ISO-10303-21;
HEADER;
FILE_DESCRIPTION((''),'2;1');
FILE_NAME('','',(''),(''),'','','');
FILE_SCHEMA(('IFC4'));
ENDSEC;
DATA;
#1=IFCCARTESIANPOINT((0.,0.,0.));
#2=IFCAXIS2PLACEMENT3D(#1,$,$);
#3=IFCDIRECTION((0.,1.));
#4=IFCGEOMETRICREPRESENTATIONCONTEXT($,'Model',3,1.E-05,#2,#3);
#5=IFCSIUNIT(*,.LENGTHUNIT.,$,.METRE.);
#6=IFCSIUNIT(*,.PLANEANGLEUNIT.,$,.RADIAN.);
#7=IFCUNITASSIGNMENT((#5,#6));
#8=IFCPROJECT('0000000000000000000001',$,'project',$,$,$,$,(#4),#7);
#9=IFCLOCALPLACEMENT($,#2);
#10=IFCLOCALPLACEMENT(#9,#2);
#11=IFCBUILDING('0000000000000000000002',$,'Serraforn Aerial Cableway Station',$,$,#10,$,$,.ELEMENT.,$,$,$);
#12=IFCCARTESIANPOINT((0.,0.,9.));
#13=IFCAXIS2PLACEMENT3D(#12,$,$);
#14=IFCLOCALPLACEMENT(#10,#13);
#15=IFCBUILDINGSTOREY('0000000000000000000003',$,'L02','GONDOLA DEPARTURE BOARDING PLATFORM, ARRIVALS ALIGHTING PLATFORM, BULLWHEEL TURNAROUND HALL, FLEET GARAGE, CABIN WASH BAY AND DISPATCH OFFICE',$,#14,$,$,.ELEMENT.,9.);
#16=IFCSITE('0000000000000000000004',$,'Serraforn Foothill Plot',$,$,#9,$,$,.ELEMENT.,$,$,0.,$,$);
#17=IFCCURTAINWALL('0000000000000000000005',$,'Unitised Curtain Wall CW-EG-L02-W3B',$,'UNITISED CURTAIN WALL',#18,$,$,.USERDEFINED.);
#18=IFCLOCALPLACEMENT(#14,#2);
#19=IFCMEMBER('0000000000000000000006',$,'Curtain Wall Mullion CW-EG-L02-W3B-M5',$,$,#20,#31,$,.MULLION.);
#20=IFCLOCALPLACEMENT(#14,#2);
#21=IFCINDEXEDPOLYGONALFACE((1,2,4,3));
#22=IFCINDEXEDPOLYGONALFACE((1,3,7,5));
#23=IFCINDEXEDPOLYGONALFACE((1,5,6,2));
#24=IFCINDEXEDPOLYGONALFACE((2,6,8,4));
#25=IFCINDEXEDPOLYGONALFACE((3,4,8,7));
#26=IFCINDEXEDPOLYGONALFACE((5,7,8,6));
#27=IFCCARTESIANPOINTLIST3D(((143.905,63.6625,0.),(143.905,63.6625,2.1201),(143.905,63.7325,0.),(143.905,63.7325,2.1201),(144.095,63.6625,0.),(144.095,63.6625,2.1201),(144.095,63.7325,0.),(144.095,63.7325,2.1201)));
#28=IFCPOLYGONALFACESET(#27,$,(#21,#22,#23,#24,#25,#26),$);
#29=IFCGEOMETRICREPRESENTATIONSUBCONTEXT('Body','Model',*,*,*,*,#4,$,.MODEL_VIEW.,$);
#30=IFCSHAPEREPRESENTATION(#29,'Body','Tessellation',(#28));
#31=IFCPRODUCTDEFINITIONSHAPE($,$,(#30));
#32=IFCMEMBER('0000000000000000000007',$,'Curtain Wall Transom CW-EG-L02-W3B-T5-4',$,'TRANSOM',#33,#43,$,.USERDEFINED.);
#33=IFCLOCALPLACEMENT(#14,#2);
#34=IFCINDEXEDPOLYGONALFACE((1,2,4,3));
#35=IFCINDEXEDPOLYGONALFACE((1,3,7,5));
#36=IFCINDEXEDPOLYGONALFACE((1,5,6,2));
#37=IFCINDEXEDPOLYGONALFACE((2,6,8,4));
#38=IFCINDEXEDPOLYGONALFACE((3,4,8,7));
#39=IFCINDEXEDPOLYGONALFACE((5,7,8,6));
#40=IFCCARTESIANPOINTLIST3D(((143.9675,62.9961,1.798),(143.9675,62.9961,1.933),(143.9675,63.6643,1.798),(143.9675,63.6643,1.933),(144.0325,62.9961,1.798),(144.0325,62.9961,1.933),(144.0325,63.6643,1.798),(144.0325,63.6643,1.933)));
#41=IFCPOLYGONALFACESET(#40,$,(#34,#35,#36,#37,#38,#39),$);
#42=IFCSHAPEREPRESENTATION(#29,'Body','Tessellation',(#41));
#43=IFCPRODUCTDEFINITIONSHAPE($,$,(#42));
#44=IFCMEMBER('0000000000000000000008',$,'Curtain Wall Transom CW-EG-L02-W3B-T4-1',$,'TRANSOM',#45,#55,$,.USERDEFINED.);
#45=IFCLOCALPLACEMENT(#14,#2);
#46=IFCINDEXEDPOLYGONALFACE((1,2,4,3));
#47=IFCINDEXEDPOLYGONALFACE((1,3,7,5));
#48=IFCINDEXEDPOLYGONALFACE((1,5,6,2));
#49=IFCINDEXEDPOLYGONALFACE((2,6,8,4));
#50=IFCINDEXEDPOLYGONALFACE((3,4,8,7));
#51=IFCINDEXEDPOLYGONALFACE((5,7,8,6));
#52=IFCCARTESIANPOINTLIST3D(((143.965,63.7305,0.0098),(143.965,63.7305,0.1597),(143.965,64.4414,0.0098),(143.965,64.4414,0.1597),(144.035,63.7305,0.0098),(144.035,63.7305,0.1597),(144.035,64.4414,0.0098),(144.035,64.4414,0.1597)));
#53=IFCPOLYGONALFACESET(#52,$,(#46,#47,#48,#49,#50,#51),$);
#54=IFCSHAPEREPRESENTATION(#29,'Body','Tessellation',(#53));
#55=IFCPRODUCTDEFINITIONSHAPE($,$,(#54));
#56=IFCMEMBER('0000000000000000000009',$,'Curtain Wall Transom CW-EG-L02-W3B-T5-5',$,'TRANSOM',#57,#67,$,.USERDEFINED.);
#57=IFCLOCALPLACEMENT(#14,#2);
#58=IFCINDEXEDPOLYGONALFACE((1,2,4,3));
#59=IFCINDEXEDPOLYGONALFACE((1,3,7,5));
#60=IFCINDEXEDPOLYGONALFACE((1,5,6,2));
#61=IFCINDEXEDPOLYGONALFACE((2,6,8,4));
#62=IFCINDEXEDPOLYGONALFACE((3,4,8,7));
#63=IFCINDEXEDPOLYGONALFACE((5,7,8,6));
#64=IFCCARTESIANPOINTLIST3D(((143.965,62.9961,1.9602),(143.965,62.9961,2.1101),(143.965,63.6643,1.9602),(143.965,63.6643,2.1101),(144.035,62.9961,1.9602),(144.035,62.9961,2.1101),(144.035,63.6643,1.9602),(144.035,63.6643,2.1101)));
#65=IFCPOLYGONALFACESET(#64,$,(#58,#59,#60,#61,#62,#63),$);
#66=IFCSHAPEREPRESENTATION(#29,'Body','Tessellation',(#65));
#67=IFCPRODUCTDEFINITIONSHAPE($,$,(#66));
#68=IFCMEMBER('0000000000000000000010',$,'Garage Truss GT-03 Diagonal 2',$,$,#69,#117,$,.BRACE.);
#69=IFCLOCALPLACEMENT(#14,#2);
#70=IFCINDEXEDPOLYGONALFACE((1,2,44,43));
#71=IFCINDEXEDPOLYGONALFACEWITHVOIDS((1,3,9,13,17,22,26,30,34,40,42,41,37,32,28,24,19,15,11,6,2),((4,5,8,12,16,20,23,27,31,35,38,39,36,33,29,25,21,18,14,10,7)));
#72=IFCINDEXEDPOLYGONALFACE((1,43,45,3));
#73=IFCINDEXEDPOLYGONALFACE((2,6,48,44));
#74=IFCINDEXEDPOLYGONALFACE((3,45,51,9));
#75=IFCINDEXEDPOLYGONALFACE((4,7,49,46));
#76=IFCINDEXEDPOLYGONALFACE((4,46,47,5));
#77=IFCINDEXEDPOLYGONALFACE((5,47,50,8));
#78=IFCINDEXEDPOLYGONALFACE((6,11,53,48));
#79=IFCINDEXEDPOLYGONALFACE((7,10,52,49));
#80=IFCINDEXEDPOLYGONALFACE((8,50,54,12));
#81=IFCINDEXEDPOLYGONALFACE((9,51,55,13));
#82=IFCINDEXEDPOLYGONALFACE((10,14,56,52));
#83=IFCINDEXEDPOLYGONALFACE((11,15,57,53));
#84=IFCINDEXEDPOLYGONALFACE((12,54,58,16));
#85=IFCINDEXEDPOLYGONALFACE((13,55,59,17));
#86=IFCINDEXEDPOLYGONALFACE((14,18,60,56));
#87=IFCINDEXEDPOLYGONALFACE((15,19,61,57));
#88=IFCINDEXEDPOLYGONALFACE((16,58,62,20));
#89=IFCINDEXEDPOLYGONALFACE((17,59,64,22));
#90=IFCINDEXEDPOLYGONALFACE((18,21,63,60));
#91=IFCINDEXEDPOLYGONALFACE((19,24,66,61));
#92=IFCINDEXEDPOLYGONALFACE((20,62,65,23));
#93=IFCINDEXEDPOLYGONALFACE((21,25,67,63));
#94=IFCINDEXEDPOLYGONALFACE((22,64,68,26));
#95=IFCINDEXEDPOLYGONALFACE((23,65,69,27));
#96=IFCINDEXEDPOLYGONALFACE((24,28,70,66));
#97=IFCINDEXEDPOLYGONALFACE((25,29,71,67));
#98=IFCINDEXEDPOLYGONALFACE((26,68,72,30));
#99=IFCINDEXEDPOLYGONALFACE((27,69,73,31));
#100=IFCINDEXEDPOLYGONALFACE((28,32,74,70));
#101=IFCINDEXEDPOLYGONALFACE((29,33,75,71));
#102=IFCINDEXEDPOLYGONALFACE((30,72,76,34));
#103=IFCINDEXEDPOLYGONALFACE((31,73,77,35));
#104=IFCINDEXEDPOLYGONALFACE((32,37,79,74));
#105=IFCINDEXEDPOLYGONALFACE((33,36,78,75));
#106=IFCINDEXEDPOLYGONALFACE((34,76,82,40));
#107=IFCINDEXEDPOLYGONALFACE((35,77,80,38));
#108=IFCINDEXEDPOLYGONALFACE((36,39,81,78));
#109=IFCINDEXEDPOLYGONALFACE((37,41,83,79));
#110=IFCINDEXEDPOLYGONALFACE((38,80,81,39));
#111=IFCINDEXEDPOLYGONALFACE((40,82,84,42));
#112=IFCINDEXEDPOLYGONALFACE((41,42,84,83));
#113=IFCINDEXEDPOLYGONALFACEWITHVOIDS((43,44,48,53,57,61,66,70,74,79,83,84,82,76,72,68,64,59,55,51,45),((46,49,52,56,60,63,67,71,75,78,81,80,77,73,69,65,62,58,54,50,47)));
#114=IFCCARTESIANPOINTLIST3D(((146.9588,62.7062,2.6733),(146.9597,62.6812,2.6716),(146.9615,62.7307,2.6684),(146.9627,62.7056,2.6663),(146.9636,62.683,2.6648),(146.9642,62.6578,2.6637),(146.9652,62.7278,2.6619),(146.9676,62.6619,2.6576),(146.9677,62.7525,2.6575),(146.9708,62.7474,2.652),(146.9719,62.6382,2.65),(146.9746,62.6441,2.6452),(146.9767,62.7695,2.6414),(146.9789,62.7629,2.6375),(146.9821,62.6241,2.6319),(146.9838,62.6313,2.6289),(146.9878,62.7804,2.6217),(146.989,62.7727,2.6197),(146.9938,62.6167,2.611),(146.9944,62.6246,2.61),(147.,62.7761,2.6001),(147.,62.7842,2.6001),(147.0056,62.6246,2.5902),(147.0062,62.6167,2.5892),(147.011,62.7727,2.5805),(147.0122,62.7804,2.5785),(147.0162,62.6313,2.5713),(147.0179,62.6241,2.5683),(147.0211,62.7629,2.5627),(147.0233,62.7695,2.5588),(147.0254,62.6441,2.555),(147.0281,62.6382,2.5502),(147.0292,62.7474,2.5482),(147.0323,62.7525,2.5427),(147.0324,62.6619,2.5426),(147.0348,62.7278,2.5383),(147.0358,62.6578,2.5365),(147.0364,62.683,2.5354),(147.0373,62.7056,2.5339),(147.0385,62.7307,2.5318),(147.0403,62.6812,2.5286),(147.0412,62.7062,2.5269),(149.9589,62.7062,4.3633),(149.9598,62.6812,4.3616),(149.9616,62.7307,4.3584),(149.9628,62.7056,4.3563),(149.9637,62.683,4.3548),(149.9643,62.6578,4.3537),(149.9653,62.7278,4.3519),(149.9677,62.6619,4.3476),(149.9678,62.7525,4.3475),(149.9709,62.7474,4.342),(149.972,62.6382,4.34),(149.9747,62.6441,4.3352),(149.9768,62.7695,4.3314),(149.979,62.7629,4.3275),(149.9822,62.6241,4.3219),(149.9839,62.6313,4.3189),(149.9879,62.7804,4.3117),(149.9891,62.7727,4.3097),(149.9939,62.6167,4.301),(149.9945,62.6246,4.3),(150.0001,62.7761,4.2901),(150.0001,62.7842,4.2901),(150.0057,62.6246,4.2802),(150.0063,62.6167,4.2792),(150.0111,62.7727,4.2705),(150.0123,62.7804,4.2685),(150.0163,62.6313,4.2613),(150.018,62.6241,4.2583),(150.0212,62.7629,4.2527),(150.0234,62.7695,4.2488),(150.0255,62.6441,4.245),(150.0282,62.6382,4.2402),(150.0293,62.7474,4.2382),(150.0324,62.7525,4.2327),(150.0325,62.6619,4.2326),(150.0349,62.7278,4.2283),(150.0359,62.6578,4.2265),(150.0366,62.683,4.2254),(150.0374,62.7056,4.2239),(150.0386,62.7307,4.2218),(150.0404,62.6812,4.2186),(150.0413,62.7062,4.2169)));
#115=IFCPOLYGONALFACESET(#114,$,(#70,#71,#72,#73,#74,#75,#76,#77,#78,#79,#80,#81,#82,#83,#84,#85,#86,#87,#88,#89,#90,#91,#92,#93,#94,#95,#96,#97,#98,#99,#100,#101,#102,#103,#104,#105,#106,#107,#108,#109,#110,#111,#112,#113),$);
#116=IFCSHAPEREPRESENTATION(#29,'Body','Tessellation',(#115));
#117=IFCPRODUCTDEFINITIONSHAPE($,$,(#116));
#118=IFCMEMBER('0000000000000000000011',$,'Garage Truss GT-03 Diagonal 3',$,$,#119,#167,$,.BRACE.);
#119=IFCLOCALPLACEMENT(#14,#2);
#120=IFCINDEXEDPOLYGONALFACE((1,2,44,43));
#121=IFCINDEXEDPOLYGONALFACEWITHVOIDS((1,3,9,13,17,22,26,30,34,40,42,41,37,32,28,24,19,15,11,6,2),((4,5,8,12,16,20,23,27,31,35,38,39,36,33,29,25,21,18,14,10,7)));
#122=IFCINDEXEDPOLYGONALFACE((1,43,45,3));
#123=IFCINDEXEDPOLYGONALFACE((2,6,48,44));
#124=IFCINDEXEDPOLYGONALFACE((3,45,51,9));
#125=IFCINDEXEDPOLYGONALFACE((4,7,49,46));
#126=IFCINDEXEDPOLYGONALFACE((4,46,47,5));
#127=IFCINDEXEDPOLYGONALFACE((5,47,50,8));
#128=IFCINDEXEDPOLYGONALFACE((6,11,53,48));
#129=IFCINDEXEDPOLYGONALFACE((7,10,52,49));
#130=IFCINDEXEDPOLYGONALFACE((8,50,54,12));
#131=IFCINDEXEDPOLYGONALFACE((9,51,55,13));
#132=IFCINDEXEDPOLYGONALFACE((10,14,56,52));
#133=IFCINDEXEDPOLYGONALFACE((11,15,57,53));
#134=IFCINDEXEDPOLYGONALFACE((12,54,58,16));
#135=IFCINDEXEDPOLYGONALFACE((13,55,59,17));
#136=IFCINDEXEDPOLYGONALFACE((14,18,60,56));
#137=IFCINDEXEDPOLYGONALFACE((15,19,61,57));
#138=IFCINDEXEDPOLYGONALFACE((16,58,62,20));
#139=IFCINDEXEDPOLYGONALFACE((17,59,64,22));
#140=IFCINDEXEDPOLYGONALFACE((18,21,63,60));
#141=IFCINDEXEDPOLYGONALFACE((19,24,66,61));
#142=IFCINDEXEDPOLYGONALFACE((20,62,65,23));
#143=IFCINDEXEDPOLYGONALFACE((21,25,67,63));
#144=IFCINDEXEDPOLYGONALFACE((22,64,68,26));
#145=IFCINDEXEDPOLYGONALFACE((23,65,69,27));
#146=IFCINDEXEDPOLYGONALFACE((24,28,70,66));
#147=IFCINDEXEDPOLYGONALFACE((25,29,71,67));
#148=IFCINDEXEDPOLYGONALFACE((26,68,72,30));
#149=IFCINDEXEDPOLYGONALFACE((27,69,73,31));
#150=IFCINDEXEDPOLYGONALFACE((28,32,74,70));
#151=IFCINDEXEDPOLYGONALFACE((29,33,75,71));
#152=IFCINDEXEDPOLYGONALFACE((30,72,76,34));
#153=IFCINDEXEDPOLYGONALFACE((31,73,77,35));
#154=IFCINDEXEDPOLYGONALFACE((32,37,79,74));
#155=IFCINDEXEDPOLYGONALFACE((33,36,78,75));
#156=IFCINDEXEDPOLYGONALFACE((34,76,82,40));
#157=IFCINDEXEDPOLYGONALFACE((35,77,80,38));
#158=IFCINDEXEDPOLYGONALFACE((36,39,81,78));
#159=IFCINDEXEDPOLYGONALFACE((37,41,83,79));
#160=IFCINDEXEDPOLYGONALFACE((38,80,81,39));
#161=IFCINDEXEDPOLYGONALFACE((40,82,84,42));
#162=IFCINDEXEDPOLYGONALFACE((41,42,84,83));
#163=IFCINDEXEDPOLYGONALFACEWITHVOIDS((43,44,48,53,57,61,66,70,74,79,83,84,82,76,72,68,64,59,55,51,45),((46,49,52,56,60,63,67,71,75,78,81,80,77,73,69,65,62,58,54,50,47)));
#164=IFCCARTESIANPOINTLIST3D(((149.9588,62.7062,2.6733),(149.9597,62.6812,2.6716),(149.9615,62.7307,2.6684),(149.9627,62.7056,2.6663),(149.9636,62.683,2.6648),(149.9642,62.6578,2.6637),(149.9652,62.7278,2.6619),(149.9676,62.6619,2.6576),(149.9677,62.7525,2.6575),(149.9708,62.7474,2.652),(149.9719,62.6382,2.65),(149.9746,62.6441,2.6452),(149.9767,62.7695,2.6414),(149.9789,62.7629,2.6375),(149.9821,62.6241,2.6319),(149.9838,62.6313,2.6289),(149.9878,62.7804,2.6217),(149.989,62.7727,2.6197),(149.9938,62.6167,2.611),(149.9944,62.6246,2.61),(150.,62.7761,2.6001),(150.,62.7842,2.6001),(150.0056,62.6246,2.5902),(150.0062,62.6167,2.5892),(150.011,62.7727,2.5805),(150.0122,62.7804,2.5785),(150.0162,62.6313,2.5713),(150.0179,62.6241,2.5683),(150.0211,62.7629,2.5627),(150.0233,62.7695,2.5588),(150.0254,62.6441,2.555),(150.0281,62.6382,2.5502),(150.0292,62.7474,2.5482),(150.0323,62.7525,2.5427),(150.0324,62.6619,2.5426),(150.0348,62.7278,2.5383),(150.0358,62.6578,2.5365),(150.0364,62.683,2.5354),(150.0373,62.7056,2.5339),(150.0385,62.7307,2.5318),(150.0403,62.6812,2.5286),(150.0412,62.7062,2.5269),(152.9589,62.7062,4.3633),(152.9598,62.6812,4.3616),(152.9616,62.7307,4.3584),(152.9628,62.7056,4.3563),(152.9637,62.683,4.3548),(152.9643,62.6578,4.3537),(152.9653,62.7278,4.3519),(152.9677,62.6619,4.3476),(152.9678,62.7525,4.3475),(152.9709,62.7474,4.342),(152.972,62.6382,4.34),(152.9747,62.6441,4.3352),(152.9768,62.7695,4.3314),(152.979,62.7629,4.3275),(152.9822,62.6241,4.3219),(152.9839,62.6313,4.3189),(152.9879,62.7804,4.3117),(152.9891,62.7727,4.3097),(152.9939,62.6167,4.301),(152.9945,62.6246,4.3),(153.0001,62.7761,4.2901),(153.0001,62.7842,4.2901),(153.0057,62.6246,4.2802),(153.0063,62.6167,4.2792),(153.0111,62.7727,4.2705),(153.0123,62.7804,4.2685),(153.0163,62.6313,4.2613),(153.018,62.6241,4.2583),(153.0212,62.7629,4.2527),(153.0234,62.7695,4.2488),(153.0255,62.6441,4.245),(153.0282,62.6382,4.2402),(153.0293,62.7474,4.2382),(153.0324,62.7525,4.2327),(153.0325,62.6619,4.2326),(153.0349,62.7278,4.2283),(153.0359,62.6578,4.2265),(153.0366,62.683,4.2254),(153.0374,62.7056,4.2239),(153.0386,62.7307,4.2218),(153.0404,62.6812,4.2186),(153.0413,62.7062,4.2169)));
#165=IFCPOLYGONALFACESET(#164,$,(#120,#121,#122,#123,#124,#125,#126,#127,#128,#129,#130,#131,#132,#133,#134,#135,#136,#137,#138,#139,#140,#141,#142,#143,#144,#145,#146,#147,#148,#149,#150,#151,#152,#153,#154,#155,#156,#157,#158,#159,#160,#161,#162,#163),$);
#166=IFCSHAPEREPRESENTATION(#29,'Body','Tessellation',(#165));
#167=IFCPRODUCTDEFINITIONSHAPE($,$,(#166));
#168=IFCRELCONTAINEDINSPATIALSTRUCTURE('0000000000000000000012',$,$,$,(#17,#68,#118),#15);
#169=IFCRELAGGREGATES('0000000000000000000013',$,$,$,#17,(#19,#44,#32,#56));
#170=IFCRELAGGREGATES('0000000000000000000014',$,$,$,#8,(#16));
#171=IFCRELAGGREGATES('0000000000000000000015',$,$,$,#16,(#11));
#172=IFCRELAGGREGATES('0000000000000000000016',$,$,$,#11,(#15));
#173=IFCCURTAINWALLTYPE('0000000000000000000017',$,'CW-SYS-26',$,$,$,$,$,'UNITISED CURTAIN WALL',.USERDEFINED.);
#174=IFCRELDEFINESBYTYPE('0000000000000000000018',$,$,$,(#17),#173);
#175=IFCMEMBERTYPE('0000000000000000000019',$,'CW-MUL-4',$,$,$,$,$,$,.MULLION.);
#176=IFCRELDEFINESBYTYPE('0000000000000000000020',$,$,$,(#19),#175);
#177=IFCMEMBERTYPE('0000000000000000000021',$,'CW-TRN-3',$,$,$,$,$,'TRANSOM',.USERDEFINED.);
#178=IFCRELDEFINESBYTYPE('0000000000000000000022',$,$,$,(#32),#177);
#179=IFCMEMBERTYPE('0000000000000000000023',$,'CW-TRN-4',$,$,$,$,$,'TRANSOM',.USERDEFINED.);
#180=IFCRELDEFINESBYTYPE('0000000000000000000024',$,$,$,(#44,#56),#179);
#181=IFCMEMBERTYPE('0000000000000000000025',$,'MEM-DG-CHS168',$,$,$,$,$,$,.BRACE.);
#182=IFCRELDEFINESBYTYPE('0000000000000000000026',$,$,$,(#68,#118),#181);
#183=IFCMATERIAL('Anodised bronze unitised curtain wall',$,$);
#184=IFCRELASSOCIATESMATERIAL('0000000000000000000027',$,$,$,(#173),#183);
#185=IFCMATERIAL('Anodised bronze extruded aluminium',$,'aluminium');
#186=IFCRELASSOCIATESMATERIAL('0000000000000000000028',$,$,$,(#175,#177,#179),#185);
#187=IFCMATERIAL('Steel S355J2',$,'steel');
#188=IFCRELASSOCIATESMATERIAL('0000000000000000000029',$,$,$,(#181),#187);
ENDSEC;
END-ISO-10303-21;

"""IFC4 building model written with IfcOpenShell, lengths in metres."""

from ifc_helpers import new_model, si_unit, direction, frame, origin, origin_2d, place, context, subcontext, project, spatial, rectangle, hollow_circle, extrude, material, material_profile, profile_set, type_object, element, aggregate, save


model = new_model("IFC4")

# Units and contexts
model_context = context("Model", 3, precision=1e-05, world=origin(), true_north=direction((0.0, 1.0)))
body_context = subcontext(model_context, "Body", "Model", "MODEL_VIEW")
ifc_project = project(units=[si_unit("LENGTHUNIT", "METRE"), si_unit("PLANEANGLEUNIT", "RADIAN")], contexts=[model_context])

# Site, building, storey
site_placement = place(None, origin())
site = spatial("IfcSite", under=ifc_project, at=site_placement, Name="Serraforn Foothill Plot", CompositionType="ELEMENT", RefElevation=0.0)
building_placement = place(site_placement, origin())
building = spatial("IfcBuilding", under=site, at=building_placement, Name="Serraforn Aerial Cableway Station", CompositionType="ELEMENT")
storey_placement = place(building_placement, frame((0.0, 0.0, 9.0)))
storey = spatial("IfcBuildingStorey", under=building, at=storey_placement, Name="L02", Description="GONDOLA DEPARTURE BOARDING PLATFORM, ARRIVALS ALIGHTING PLATFORM, BULLWHEEL TURNAROUND HALL, FLEET GARAGE, CABIN WASH BAY AND DISPATCH OFFICE", CompositionType="ELEMENT", Elevation=9.0)

# Curtain wall, members
ifc_material_1 = material(Name="Anodised bronze unitised curtain wall")
curtain_wall_type = type_object("IfcCurtainWallType", Name="CW-SYS-26", ElementType="UNITISED CURTAIN WALL", PredefinedType="USERDEFINED", material=ifc_material_1)
curtain_wall_placement = place(storey_placement, origin())
curtain_wall = element("IfcCurtainWall", 1, at=curtain_wall_placement, inside=storey, type_object=curtain_wall_type, Name="Unitised Curtain Wall CW-EG-L02-W3B", ObjectType="UNITISED CURTAIN WALL", PredefinedType="USERDEFINED")
ifc_material_2 = material(Name="Anodised bronze extruded aluminium", Category="aluminium")
ifc_material_profile_1 = material_profile(ifc_material_2, rectangle(XDim=0.0701, YDim=0.1899, at=origin_2d()), Name="CW MULLION 70x190")
ifc_profile_set_1 = profile_set([ifc_material_profile_1], Name="Anodised bronze extruded aluminium")
member_type_1 = type_object("IfcMemberType", Name="CW-MUL-4", PredefinedType="MULLION", material=ifc_profile_set_1)
member_1_placement = place(storey_placement, frame((144.0, 63.6975, 0.0), z_axis=(0.0, 0.0, 1.0), x_axis=(0.0, -1.0, 0.0)))
member_1 = element("IfcMember", 2, at=member_1_placement, type_object=member_type_1, Name="Curtain Wall Mullion CW-EG-L02-W3B-M5", PredefinedType="MULLION", context=body_context, shape_type="SweptSolid", body=[
    extrude(rectangle(XDim=0.0701, YDim=0.1899, at=origin_2d()), origin(), (0.0, 0.0, 1.0), 2.1201),
])
ifc_material_profile_2 = material_profile(ifc_material_2, rectangle(XDim=0.0649, YDim=0.135, at=origin_2d()), Name="CW TRANSOM 65x135")
ifc_profile_set_2 = profile_set([ifc_material_profile_2], Name="Anodised bronze extruded aluminium")
member_type_2 = type_object("IfcMemberType", Name="CW-TRN-3", ElementType="TRANSOM", PredefinedType="USERDEFINED", material=ifc_profile_set_2)
member_2_placement = place(storey_placement, frame((144.0, 63.6643, 1.8655), z_axis=(0.0, -1.0, 0.0), x_axis=(1.0, 0.0, 0.0)))
member_2 = element("IfcMember", 3, at=member_2_placement, type_object=member_type_2, Name="Curtain Wall Transom CW-EG-L02-W3B-T5-4", ObjectType="TRANSOM", PredefinedType="USERDEFINED", context=body_context, shape_type="SweptSolid", body=[
    extrude(rectangle(XDim=0.0649, YDim=0.135, at=origin_2d()), origin(), (0.0, 0.0, 1.0), 0.6682),
])
ifc_material_profile_3 = material_profile(ifc_material_2, rectangle(XDim=0.0701, YDim=0.1499, at=origin_2d()), Name="CW TRANSOM 70x150")
ifc_profile_set_3 = profile_set([ifc_material_profile_3], Name="Anodised bronze extruded aluminium")
member_type_3 = type_object("IfcMemberType", Name="CW-TRN-4", ElementType="TRANSOM", PredefinedType="USERDEFINED", material=ifc_profile_set_3)
member_3_placement = place(storey_placement, frame((144.0, 64.4414, 0.0847), z_axis=(0.0, -1.0, 0.0), x_axis=(1.0, 0.0, 0.0)))
member_3 = element("IfcMember", 4, at=member_3_placement, type_object=member_type_3, Name="Curtain Wall Transom CW-EG-L02-W3B-T4-1", ObjectType="TRANSOM", PredefinedType="USERDEFINED", context=body_context, shape_type="SweptSolid", body=[
    extrude(rectangle(XDim=0.0701, YDim=0.1499, at=origin_2d()), origin(), (0.0, 0.0, 1.0), 0.7109),
])
member_4_placement = place(storey_placement, frame((144.0, 63.6643, 2.0352), z_axis=(0.0, -1.0, 0.0), x_axis=(1.0, 0.0, 0.0)))
member_4 = element("IfcMember", 5, at=member_4_placement, type_object=member_type_3, Name="Curtain Wall Transom CW-EG-L02-W3B-T5-5", ObjectType="TRANSOM", PredefinedType="USERDEFINED", context=body_context, shape_type="SweptSolid", body=[
    extrude(rectangle(XDim=0.0701, YDim=0.1499, at=origin_2d()), origin(), (0.0, 0.0, 1.0), 0.6682),
])

# Members
ifc_material_3 = material(Name="Steel S355J2", Category="steel")
ifc_material_profile_4 = material_profile(ifc_material_3, hollow_circle(Radius=0.0842, WallThickness=0.0081, at=origin_2d()), Name="CHS 168.3x8.0")
ifc_profile_set_4 = profile_set([ifc_material_profile_4], Name="Steel S355J2")
member_type_4 = type_object("IfcMemberType", Name="MEM-DG-CHS168", PredefinedType="BRACE", material=ifc_profile_set_4)
for number, where, z_axis, x_axis, name in (
    (6, (147.0, 62.7, 2.6001), (0.871272, 0.0, 0.4908), (0.0, 1.0, 0.0), "Garage Truss GT-03 Diagonal 2"),
    (7, (150.0, 62.7, 2.6001), (0.871272, 0.0, 0.4908), (0.0, 1.0, 0.0), "Garage Truss GT-03 Diagonal 3"),
):
    element("IfcMember", number, at=place(storey_placement, frame(where, z_axis=z_axis, x_axis=x_axis)), inside=storey, type_object=member_type_4, Name=name, PredefinedType="BRACE", context=body_context, shape_type="SweptSolid", body=[
        extrude(hollow_circle(Radius=0.0842, WallThickness=0.0081, at=origin_2d()), origin(), (0.0, 0.0, 1.0), 3.4434),
    ])

aggregate(curtain_wall, [member_1, member_3, member_2, member_4])

save(model, "model.ifc")
